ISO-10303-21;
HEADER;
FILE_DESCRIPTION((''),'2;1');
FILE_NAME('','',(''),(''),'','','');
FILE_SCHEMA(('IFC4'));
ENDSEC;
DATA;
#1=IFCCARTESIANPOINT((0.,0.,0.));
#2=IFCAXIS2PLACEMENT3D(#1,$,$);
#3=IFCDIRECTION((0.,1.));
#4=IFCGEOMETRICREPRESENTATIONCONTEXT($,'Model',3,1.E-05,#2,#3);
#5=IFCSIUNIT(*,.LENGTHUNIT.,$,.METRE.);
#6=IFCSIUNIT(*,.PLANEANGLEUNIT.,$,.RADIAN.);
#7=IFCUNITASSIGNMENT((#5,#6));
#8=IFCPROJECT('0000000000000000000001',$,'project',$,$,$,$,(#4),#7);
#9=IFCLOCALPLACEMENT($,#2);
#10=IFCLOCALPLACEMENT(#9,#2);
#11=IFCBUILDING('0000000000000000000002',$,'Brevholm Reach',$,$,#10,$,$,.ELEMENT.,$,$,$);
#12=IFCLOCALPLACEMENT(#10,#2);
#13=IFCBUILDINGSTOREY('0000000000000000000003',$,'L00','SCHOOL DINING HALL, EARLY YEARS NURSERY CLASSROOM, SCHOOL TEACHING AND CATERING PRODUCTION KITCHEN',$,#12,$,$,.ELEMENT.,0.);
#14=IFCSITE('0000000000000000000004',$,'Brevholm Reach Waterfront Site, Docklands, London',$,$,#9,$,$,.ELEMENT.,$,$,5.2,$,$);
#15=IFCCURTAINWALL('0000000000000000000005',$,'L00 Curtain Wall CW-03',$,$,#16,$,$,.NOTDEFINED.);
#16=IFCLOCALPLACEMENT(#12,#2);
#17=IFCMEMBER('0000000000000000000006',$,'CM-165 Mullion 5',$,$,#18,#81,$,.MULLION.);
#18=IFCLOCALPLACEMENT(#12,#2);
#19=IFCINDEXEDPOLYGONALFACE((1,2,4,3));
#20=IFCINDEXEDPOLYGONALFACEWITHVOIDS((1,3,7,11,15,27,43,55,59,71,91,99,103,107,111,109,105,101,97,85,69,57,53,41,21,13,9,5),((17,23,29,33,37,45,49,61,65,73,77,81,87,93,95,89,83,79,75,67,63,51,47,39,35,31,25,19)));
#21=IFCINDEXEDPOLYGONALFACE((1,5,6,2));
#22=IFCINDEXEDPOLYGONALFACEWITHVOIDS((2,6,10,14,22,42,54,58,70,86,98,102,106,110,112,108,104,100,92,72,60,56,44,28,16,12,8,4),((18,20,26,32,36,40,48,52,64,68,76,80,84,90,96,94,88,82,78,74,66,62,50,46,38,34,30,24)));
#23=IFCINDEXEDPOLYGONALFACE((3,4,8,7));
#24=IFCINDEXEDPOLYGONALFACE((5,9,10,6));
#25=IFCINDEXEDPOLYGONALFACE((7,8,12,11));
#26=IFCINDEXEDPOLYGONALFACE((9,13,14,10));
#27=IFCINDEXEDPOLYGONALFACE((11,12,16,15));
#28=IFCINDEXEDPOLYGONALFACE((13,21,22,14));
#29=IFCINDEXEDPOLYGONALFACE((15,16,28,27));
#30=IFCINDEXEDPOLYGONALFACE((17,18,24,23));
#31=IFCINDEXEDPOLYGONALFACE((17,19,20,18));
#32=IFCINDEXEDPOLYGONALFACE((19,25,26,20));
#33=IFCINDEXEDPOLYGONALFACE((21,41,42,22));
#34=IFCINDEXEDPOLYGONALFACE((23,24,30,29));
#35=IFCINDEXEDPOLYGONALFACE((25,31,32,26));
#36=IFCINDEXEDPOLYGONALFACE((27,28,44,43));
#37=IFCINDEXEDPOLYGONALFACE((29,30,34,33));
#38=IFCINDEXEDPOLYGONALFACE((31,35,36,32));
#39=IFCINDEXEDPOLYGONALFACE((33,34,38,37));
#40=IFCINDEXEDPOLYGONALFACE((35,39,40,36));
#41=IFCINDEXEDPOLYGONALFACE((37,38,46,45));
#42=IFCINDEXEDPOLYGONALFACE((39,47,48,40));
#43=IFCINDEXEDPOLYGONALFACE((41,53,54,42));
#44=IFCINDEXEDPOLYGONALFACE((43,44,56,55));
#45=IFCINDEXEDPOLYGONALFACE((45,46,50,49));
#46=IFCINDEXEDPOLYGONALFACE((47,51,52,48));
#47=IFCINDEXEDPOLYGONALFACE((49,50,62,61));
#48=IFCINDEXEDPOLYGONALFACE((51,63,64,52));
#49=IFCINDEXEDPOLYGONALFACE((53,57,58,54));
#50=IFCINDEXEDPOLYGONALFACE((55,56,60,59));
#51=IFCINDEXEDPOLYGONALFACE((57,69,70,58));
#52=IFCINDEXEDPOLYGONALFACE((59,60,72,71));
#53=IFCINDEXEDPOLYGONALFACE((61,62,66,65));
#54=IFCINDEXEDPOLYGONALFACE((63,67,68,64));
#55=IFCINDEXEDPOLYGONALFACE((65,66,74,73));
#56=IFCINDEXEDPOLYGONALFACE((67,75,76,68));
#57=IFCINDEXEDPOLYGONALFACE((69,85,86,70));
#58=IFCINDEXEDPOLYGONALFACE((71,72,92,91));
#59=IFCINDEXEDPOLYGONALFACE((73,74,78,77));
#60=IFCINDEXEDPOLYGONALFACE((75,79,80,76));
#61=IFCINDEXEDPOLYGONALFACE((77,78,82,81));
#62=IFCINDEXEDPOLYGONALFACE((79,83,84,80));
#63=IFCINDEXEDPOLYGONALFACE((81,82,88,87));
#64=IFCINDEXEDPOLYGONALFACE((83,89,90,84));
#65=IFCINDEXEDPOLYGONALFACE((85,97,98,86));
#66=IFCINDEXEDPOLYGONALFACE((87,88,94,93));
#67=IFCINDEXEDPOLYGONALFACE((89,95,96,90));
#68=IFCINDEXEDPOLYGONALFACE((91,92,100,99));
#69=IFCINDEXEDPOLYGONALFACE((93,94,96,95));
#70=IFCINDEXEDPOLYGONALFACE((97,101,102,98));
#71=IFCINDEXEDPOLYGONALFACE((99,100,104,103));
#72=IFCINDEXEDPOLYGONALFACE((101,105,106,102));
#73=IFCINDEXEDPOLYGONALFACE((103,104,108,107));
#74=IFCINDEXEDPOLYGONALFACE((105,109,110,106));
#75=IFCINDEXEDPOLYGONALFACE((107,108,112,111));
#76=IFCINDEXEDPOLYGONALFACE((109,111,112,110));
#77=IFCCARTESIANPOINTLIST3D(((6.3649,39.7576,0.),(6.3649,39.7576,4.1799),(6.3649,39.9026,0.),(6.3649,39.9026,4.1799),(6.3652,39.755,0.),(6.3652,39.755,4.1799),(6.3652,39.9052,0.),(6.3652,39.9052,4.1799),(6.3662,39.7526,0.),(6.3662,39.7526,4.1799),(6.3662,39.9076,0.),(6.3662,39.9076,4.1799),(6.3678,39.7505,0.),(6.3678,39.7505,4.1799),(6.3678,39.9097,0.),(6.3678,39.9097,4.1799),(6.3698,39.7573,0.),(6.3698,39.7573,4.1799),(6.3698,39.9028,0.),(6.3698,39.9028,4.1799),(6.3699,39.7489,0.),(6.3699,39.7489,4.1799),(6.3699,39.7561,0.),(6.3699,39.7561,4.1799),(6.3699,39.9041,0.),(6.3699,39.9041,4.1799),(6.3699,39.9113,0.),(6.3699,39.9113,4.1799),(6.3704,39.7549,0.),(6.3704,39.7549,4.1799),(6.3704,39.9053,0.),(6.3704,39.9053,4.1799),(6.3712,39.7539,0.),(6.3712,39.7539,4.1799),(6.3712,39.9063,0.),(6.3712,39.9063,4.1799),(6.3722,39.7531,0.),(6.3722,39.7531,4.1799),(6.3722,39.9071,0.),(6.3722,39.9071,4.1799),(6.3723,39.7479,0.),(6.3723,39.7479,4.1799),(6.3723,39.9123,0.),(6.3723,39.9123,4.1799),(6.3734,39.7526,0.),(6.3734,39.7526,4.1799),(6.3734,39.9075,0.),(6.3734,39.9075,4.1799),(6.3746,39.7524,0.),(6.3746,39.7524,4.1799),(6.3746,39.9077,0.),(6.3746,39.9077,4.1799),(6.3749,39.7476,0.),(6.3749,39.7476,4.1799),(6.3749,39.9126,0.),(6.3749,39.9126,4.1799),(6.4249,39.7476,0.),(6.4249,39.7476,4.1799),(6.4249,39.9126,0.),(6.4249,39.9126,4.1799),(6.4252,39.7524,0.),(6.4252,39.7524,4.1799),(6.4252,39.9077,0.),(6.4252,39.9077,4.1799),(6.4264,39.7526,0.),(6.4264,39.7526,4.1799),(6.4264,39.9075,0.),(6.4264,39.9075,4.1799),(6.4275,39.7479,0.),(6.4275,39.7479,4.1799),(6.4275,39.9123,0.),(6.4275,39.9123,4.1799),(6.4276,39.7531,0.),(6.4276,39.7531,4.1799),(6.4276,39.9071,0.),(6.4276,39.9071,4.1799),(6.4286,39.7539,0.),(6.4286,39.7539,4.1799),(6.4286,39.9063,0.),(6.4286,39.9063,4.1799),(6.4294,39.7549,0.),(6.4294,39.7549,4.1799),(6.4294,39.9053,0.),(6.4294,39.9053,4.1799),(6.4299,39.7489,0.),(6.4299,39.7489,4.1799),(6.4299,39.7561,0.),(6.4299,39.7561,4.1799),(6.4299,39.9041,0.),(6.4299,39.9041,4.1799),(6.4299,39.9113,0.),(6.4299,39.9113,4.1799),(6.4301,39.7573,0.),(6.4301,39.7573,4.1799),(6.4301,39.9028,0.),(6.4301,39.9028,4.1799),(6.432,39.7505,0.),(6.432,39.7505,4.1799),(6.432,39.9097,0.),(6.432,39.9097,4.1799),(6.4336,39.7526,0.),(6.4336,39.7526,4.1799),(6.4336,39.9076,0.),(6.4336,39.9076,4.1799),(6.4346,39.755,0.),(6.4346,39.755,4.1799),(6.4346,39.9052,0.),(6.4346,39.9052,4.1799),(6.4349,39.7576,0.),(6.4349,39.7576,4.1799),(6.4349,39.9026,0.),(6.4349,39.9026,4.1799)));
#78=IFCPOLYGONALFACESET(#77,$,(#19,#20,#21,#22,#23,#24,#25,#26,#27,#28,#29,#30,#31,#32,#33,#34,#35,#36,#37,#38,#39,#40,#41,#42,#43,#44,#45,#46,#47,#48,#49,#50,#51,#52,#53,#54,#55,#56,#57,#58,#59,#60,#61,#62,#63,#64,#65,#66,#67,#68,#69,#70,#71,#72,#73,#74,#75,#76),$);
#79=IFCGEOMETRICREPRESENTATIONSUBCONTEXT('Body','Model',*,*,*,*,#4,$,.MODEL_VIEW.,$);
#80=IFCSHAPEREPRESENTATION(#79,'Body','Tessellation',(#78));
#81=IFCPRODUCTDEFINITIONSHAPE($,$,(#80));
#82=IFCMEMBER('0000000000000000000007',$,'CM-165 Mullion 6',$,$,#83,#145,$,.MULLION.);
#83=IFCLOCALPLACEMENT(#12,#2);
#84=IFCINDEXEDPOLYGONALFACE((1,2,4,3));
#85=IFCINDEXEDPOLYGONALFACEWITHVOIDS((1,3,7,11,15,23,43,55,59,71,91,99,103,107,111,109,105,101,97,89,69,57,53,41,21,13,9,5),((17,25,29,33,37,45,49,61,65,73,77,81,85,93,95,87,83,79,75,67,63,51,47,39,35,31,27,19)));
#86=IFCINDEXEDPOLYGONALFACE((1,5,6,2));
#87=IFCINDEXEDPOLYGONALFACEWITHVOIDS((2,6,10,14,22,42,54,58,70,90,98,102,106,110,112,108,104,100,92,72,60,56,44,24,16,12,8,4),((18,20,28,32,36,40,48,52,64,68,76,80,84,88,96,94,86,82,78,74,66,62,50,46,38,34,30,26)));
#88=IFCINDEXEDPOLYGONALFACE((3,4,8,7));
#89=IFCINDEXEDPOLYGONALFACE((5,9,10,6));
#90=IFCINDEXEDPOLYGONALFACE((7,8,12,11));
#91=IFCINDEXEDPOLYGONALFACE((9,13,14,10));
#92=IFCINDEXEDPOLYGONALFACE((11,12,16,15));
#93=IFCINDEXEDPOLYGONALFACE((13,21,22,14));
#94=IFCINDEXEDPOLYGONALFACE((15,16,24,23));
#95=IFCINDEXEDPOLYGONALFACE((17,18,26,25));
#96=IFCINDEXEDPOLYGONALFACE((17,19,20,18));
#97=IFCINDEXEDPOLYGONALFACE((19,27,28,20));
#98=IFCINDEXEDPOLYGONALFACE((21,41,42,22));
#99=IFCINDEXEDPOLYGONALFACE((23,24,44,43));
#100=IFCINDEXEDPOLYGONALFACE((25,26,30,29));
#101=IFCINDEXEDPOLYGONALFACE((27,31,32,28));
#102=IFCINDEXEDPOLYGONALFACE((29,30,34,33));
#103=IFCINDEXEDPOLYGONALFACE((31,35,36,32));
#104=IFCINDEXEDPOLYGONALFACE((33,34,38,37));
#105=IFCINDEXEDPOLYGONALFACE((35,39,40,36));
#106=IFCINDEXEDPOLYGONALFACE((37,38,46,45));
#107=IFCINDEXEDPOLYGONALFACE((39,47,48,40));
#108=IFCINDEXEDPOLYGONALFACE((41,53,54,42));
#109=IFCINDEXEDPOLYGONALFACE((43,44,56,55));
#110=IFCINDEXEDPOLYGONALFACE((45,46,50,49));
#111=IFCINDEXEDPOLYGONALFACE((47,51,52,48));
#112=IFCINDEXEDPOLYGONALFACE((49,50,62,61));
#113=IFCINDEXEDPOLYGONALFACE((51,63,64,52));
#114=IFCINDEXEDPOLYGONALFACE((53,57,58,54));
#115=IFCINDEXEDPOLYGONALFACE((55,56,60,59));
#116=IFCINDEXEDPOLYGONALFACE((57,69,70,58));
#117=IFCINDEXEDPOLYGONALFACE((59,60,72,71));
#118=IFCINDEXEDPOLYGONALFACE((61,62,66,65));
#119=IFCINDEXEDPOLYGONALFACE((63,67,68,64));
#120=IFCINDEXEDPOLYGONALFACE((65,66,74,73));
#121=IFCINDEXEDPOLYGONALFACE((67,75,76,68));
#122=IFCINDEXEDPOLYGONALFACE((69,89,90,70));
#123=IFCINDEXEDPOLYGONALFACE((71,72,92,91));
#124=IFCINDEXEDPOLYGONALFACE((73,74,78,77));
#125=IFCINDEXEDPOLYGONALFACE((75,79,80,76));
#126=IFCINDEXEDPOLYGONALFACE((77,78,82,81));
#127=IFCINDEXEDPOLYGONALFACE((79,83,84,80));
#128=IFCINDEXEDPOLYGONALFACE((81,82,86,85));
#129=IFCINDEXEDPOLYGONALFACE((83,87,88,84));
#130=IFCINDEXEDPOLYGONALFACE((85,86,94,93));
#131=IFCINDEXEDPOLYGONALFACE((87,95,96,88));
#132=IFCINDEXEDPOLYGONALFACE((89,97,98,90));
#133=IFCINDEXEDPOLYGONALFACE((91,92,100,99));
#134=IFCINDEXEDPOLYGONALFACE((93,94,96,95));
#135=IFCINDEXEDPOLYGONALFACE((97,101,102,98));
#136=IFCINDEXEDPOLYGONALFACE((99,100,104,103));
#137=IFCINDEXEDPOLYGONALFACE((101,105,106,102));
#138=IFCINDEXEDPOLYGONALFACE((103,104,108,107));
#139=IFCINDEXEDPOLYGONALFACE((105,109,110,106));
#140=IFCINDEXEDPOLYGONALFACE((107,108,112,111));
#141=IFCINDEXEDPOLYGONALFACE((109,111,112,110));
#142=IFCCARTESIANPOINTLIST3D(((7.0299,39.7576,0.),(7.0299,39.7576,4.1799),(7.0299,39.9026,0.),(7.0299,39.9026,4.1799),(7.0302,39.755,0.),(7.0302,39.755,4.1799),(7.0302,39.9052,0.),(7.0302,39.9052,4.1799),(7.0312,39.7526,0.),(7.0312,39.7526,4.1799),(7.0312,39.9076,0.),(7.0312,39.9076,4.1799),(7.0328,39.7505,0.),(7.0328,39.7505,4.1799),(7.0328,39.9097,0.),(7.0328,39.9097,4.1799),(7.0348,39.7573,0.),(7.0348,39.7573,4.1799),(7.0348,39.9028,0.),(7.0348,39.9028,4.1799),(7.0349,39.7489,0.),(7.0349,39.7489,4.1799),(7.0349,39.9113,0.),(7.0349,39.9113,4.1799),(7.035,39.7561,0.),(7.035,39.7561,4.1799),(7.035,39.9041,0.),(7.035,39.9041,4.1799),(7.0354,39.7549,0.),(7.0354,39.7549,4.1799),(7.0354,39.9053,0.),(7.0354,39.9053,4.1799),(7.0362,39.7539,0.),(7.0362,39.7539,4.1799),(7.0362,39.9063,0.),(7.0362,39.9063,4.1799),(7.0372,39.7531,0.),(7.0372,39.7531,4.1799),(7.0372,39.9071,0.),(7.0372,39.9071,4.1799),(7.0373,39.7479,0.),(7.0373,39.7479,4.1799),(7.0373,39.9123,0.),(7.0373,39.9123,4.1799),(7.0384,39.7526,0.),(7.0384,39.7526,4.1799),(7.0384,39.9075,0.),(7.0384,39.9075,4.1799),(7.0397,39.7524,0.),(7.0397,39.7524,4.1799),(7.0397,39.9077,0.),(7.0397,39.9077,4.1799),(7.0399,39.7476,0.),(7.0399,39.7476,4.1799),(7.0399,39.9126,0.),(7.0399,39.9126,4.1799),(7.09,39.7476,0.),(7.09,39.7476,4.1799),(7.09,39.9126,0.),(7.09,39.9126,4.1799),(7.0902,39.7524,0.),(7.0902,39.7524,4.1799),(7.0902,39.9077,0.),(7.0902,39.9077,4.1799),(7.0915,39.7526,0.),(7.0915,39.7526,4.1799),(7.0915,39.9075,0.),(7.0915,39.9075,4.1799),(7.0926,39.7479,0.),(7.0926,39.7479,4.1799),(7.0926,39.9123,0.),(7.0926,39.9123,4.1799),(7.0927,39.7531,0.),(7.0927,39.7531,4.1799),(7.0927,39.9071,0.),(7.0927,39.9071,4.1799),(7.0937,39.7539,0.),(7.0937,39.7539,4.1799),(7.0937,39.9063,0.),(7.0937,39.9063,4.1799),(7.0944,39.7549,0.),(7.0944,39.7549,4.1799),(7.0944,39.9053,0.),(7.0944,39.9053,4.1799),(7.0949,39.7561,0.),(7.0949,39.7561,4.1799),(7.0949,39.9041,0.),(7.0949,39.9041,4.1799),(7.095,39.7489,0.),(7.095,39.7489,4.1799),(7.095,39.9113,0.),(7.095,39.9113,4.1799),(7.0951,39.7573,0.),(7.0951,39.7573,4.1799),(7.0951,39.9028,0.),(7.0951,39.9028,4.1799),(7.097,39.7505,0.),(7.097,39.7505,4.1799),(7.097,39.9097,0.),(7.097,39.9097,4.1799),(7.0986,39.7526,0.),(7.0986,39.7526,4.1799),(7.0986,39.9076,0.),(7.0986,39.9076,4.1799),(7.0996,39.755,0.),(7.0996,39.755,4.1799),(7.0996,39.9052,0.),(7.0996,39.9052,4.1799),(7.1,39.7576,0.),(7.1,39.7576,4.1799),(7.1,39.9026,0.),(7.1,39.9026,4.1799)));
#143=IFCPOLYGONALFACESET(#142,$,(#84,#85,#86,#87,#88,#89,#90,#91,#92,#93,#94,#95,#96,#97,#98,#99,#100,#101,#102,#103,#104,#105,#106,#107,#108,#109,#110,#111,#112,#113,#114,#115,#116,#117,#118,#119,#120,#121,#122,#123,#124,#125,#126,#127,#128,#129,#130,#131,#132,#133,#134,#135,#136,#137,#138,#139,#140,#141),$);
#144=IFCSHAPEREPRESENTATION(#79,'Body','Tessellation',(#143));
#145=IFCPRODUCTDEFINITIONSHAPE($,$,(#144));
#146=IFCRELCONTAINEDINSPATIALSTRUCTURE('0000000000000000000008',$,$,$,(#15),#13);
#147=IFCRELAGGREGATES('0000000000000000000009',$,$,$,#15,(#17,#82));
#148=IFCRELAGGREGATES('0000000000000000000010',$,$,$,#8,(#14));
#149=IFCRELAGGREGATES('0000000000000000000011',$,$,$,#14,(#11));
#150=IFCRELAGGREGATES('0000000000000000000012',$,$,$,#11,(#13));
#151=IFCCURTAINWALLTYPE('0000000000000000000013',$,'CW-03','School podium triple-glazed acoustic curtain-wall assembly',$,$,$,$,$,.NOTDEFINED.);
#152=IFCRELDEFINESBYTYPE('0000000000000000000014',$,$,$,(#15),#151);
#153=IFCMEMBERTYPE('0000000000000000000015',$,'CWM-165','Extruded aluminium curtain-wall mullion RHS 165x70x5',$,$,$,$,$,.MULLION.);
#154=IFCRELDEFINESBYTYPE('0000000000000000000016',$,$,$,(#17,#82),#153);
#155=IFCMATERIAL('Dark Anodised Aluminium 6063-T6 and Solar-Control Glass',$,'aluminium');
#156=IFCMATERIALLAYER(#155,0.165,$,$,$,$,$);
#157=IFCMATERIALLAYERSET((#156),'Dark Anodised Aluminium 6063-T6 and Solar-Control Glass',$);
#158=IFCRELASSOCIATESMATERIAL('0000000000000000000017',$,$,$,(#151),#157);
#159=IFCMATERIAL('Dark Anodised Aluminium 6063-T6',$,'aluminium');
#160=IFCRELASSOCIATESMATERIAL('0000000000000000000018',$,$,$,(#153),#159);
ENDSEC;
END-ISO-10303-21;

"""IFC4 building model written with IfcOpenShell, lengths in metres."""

from ifc_helpers import new_model, si_unit, direction, frame, origin, origin_2d, place, context, subcontext, project, spatial, hollow_rectangle, extrude, material, layer, layer_set, material_profile, profile_set, type_object, element, aggregate, save


model = new_model("IFC4")

# Units and contexts
model_context = context("Model", 3, precision=1e-05, world=origin(), true_north=direction((0.0, 1.0)))
body_context = subcontext(model_context, "Body", "Model", "MODEL_VIEW")
ifc_project = project(units=[si_unit("LENGTHUNIT", "METRE"), si_unit("PLANEANGLEUNIT", "RADIAN")], contexts=[model_context])

# Site, building, storey
site_placement = place(None, origin())
site = spatial("IfcSite", under=ifc_project, at=site_placement, Name="Brevholm Reach Waterfront Site, Docklands, London", CompositionType="ELEMENT", RefElevation=5.2)
building_placement = place(site_placement, origin())
building = spatial("IfcBuilding", under=site, at=building_placement, Name="Brevholm Reach", CompositionType="ELEMENT")
storey_placement = place(building_placement, origin())
storey = spatial("IfcBuildingStorey", under=building, at=storey_placement, Name="L00", Description="SCHOOL DINING HALL, EARLY YEARS NURSERY CLASSROOM, SCHOOL TEACHING AND CATERING PRODUCTION KITCHEN", CompositionType="ELEMENT", Elevation=0.0)

# Curtain wall, members
ifc_material_1 = material(Name="Dark Anodised Aluminium 6063-T6 and Solar-Control Glass", Category="aluminium")
ifc_layer_1 = layer(ifc_material_1, 0.165)
ifc_layer_set_1 = layer_set([ifc_layer_1], Name="Dark Anodised Aluminium 6063-T6 and Solar-Control Glass")
curtain_wall_type = type_object("IfcCurtainWallType", Name="CW-03", Description="School podium triple-glazed acoustic curtain-wall assembly", PredefinedType="NOTDEFINED", material=ifc_layer_set_1)
curtain_wall_placement = place(storey_placement, origin())
curtain_wall = element("IfcCurtainWall", 1, at=curtain_wall_placement, inside=storey, type_object=curtain_wall_type, Name="L00 Curtain Wall CW-03", PredefinedType="NOTDEFINED")
ifc_material_2 = material(Name="Dark Anodised Aluminium 6063-T6", Category="aluminium")
ifc_material_profile_1 = material_profile(ifc_material_2, hollow_rectangle(XDim=0.0701, YDim=0.165, WallThickness=0.0049, InnerFilletRadius=0.0049, OuterFilletRadius=0.01, at=origin_2d()), Name="RHS 165x70x5")
ifc_profile_set_1 = profile_set([ifc_material_profile_1], Name="Dark Anodised Aluminium 6063-T6")
member_type_1 = type_object("IfcMemberType", Name="CWM-165", Description="Extruded aluminium curtain-wall mullion RHS 165x70x5", PredefinedType="MULLION", material=ifc_profile_set_1)
member_1_placement = place(storey_placement, frame((6.3999, 39.8301, 0.0), z_axis=(0.0, 0.0, 1.0), x_axis=(1.0, 0.0, 0.0)))
member_1 = element("IfcMember", 2, at=member_1_placement, type_object=member_type_1, Name="CM-165 Mullion 5", PredefinedType="MULLION", context=body_context, shape_type="SweptSolid", body=[
    extrude(hollow_rectangle(XDim=0.0701, YDim=0.165, WallThickness=0.0049, InnerFilletRadius=0.0049, OuterFilletRadius=0.01, at=origin_2d()), origin(), (0.0, 0.0, 1.0), 4.1799),
])
member_2_placement = place(storey_placement, frame((7.0649, 39.8301, 0.0), z_axis=(0.0, 0.0, 1.0), x_axis=(1.0, 0.0, 0.0)))
member_2 = element("IfcMember", 3, at=member_2_placement, type_object=member_type_1, Name="CM-165 Mullion 6", PredefinedType="MULLION", context=body_context, shape_type="SweptSolid", body=[
    extrude(hollow_rectangle(XDim=0.0701, YDim=0.165, WallThickness=0.0049, InnerFilletRadius=0.0049, OuterFilletRadius=0.01, at=origin_2d()), origin(), (0.0, 0.0, 1.0), 4.1799),
])
aggregate(curtain_wall, [member_1, member_2])

save(model, "model.ifc")
